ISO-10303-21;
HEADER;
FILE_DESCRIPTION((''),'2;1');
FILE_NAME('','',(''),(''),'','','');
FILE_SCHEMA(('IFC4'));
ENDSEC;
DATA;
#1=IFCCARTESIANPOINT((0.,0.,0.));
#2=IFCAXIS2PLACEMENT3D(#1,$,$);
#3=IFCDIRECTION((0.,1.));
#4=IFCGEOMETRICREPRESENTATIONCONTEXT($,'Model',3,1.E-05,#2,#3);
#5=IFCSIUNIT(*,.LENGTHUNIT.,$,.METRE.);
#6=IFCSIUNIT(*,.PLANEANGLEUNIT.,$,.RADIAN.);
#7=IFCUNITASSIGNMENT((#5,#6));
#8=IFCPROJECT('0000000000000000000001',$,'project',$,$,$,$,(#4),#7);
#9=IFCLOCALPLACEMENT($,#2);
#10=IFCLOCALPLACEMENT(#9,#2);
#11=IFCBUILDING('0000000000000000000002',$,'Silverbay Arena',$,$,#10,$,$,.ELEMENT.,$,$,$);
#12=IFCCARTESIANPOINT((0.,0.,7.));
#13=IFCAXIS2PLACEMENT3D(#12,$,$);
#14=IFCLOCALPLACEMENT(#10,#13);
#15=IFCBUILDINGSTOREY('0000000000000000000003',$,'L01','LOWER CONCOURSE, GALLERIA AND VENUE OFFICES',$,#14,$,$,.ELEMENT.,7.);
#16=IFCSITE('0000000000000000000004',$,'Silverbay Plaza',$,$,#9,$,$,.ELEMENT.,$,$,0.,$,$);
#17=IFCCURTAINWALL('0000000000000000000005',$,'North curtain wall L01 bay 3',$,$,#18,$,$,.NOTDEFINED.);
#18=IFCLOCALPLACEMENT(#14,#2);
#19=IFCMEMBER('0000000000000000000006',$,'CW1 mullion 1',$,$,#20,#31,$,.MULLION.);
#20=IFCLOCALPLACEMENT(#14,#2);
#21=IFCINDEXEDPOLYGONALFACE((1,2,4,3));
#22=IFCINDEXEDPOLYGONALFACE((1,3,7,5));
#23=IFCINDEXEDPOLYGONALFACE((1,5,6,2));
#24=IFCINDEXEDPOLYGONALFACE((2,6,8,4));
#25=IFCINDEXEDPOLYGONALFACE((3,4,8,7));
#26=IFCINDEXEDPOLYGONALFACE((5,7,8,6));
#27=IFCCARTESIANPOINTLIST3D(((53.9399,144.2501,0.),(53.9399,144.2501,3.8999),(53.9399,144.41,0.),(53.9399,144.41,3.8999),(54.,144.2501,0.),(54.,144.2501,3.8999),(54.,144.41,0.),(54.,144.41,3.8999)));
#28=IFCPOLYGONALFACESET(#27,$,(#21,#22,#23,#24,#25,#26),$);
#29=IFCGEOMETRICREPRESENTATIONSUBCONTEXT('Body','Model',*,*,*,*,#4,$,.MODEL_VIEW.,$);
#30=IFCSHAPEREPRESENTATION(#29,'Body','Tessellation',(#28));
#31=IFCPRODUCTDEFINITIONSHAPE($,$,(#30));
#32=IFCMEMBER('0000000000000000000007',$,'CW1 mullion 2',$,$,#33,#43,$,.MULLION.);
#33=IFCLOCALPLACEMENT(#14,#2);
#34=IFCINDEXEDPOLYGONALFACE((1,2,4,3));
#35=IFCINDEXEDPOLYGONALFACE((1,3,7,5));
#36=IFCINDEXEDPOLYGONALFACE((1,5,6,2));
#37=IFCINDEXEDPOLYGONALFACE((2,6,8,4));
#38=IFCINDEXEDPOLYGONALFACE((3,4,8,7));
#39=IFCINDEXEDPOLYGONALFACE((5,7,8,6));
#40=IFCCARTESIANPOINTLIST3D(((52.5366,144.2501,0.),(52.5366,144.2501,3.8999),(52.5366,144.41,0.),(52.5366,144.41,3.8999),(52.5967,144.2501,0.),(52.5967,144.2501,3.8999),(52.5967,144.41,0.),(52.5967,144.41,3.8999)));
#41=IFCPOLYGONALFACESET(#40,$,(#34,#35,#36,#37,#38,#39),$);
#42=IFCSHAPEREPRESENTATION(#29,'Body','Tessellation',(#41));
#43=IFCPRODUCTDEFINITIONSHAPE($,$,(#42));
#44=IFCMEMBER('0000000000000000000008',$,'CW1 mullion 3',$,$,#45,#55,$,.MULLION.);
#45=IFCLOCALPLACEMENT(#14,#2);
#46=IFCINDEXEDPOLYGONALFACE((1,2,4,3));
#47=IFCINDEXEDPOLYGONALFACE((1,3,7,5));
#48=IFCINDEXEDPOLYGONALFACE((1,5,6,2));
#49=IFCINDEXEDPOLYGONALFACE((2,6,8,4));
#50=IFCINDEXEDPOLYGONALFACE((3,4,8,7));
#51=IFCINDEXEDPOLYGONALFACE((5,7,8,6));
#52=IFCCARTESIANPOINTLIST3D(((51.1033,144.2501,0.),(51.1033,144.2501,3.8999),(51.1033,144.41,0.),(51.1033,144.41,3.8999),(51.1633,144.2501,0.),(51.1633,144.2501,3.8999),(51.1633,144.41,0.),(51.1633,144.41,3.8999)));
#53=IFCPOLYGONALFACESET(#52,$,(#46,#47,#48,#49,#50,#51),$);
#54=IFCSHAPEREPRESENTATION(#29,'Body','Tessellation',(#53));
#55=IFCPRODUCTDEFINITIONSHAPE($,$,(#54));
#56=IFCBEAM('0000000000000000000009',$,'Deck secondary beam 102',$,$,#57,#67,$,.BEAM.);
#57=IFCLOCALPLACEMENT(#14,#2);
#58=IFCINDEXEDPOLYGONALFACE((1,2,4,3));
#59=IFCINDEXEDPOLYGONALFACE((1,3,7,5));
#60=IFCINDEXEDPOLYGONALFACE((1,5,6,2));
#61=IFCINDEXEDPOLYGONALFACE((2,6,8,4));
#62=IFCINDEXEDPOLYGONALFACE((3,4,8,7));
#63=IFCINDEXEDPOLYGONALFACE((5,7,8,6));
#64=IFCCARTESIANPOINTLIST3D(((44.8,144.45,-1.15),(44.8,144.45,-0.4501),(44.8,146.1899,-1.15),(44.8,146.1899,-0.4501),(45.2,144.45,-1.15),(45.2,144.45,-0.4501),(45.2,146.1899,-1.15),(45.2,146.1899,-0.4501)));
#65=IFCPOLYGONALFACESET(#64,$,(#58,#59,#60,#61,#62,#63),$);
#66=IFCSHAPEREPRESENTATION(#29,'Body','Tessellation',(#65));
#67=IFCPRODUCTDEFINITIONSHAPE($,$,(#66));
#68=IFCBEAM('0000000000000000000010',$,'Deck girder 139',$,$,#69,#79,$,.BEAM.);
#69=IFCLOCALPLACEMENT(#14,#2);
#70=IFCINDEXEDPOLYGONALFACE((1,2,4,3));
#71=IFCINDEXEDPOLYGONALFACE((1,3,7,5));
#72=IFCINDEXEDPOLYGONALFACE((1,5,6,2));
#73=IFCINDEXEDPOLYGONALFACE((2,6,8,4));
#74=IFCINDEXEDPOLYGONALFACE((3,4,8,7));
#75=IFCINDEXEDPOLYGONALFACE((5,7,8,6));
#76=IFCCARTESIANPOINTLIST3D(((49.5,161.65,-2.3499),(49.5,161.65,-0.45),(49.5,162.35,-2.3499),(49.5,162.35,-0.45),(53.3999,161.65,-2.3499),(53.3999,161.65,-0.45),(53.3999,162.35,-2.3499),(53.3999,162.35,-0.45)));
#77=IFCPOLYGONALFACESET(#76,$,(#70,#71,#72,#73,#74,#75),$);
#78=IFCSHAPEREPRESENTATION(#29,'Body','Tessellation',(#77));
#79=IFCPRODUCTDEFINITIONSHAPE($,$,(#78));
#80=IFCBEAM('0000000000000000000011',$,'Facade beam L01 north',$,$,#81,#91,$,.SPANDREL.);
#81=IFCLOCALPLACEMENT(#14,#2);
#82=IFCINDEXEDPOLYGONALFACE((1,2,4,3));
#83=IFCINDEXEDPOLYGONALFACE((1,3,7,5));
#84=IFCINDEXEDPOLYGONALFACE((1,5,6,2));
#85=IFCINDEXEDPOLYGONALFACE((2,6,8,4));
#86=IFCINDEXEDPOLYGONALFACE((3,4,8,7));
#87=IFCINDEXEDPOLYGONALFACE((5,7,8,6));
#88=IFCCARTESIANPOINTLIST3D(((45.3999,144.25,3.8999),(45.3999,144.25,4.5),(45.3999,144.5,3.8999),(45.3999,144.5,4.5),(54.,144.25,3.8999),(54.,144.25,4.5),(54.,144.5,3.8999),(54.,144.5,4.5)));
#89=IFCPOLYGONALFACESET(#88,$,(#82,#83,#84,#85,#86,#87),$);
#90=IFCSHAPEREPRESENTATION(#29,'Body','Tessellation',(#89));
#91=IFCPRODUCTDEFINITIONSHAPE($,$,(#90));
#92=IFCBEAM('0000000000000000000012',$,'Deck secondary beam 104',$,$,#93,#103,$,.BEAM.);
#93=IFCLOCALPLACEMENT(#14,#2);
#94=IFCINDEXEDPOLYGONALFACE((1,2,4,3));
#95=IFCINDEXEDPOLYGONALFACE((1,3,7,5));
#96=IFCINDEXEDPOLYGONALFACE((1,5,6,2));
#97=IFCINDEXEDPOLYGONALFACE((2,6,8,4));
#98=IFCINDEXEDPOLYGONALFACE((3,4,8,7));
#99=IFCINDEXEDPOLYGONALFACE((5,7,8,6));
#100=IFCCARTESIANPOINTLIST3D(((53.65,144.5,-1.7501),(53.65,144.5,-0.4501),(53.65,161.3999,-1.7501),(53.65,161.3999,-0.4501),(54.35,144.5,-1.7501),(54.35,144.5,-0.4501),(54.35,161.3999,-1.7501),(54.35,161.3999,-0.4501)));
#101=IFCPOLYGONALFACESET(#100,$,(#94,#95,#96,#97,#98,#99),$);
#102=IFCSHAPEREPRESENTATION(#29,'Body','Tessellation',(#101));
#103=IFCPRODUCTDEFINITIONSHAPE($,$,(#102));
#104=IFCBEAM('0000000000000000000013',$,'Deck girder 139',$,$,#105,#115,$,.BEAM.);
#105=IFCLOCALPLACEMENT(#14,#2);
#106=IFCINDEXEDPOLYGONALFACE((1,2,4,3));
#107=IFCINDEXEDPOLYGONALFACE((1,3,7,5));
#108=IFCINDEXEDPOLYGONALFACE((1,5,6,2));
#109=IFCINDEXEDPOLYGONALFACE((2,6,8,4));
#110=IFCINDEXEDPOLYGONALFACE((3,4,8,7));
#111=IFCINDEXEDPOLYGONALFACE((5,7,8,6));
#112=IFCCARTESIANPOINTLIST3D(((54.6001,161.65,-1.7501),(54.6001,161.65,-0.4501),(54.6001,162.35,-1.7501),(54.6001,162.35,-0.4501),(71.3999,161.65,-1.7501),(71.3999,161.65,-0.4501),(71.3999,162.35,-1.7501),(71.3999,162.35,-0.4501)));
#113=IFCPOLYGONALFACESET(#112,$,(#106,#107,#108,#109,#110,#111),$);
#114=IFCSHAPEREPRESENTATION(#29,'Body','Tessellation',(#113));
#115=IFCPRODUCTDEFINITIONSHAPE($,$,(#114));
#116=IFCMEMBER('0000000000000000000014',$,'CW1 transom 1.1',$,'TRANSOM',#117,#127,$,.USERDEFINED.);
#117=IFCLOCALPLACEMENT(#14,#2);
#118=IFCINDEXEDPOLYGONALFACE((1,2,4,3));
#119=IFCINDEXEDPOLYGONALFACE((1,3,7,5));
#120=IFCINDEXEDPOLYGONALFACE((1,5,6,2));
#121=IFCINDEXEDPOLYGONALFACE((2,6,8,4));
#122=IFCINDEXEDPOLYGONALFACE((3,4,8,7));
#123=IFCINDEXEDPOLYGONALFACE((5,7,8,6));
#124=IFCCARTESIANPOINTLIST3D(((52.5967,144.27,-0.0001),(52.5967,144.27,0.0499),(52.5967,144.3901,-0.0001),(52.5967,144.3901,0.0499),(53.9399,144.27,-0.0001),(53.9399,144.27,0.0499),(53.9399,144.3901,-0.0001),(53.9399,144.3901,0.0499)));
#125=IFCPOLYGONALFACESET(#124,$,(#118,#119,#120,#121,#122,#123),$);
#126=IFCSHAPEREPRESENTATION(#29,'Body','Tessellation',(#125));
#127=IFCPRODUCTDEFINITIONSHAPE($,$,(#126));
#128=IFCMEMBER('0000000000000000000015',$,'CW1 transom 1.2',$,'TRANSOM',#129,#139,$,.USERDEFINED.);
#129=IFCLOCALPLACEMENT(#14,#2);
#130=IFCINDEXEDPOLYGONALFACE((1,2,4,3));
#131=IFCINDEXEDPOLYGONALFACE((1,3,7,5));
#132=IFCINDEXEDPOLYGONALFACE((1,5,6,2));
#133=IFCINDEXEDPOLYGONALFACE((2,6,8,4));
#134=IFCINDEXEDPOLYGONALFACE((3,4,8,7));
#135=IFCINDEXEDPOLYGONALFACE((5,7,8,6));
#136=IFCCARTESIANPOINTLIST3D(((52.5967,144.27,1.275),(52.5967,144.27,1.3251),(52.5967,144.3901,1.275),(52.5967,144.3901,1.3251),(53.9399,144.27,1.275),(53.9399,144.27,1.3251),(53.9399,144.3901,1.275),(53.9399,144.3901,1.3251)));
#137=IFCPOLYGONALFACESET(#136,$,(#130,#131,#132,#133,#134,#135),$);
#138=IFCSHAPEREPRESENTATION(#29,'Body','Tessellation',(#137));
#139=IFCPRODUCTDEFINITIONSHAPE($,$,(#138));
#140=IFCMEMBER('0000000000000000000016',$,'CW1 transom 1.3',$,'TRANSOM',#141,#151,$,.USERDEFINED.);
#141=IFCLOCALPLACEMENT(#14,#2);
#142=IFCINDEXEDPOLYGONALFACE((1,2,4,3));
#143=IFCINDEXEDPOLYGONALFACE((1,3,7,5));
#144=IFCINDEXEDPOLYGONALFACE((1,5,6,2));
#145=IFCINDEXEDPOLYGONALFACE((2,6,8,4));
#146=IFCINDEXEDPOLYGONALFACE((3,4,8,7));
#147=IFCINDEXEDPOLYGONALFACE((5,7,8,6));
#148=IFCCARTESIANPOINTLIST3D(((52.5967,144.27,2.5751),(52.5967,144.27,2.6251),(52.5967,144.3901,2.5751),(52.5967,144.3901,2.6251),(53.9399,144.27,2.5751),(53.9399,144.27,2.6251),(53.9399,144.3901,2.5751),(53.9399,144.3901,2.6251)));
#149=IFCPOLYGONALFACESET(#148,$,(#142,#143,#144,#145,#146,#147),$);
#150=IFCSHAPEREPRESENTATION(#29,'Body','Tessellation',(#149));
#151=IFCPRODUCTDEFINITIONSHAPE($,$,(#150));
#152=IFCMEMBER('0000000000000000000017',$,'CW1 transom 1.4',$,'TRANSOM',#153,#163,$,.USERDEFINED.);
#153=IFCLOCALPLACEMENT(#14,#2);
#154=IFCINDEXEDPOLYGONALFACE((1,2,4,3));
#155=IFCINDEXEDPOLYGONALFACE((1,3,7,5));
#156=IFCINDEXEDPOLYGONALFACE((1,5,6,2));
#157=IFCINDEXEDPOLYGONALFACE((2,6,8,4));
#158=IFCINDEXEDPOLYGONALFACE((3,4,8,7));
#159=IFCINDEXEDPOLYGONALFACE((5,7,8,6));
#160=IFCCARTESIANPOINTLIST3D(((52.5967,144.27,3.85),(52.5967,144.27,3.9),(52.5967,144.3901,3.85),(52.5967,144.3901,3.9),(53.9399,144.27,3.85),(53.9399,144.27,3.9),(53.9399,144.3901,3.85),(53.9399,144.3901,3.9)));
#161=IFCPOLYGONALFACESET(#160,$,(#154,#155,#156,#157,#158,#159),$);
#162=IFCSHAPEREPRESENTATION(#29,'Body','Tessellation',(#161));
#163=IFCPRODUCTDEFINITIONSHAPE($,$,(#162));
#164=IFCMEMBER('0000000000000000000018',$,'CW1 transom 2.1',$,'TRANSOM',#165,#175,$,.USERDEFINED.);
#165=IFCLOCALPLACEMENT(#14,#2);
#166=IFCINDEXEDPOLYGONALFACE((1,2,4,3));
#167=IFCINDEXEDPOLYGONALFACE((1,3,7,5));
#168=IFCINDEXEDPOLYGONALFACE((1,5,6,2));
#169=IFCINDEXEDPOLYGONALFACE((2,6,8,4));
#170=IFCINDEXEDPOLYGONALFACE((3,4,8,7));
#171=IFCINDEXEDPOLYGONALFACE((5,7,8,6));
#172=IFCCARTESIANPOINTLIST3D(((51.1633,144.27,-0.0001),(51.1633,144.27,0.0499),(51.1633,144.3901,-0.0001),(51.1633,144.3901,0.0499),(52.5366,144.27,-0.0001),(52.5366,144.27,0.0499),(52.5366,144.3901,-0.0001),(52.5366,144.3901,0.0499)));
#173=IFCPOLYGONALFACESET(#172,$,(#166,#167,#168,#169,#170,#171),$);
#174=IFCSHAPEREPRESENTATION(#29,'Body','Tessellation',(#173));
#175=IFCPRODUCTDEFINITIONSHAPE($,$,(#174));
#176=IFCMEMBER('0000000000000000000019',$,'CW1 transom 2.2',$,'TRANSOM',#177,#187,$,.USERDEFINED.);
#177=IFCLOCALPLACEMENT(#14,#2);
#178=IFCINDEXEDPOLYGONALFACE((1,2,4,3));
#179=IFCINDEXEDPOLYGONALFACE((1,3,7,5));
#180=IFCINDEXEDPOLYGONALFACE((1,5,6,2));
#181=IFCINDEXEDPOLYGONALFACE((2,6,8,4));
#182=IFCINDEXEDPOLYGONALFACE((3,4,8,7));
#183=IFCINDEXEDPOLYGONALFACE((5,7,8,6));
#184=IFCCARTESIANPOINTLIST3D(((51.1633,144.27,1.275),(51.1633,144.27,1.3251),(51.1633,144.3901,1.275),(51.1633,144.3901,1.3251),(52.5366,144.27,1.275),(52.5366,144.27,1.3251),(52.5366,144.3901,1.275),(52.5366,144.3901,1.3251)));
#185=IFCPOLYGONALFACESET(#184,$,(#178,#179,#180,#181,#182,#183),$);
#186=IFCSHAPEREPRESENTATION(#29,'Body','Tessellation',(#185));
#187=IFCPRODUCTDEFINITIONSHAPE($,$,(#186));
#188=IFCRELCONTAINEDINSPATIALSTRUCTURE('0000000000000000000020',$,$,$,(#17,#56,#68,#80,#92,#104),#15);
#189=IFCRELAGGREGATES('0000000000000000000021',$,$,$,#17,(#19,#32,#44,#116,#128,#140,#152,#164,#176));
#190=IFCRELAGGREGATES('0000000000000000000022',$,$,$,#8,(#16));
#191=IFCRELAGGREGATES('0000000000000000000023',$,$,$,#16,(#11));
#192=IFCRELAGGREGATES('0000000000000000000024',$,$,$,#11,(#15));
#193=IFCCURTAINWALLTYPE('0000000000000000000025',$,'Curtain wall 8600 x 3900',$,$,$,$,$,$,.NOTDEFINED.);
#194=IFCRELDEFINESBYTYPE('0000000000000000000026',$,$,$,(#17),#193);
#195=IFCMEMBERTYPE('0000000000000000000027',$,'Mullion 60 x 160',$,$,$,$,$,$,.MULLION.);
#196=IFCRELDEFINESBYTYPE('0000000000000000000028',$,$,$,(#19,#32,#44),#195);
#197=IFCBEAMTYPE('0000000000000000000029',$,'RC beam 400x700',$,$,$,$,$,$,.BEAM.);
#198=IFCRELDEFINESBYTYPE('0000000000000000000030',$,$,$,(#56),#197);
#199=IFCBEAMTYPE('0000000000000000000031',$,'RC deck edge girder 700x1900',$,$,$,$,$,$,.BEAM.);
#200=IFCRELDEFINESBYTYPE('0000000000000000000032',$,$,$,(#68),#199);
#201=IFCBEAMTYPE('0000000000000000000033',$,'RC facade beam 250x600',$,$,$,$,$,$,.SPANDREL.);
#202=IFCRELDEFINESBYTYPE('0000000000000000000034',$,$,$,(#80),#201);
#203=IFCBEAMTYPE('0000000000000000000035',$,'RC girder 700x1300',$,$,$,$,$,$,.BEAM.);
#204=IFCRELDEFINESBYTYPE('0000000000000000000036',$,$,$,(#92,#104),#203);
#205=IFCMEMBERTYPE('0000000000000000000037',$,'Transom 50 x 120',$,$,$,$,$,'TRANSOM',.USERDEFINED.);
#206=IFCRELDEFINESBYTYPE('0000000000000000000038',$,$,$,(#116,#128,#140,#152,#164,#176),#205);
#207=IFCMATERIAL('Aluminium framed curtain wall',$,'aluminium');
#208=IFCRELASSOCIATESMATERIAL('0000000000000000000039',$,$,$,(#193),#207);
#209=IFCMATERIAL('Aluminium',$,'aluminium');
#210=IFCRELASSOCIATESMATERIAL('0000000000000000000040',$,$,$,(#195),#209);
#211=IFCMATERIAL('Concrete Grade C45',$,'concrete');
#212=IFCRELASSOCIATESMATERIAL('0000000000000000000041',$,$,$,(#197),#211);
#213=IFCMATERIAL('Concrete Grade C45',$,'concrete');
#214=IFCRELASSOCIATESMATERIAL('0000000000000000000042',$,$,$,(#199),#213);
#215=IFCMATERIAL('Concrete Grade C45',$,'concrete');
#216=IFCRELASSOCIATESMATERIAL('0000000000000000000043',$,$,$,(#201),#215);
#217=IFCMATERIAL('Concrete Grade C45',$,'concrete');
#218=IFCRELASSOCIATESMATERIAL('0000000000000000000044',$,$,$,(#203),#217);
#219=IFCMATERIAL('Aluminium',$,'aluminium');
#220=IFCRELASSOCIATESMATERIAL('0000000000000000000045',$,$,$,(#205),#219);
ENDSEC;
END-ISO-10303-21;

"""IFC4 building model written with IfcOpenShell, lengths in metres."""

from ifc_helpers import new_model, si_unit, direction, frame, origin, origin_2d, place, context, subcontext, project, spatial, rectangle, extrude, material, material_profile, profile_set, type_object, element, aggregate, save


model = new_model("IFC4")

# Units and contexts
model_context = context("Model", 3, precision=1e-05, world=origin(), true_north=direction((0.0, 1.0)))
body_context = subcontext(model_context, "Body", "Model", "MODEL_VIEW")
ifc_project = project(units=[si_unit("LENGTHUNIT", "METRE"), si_unit("PLANEANGLEUNIT", "RADIAN")], contexts=[model_context])

# Site, building, storey
site_placement = place(None, origin())
site = spatial("IfcSite", under=ifc_project, at=site_placement, Name="Silverbay Plaza", CompositionType="ELEMENT", RefElevation=0.0)
building_placement = place(site_placement, origin())
building = spatial("IfcBuilding", under=site, at=building_placement, Name="Silverbay Arena", CompositionType="ELEMENT")
storey_placement = place(building_placement, frame((0.0, 0.0, 7.0)))
storey = spatial("IfcBuildingStorey", under=building, at=storey_placement, Name="L01", Description="LOWER CONCOURSE, GALLERIA AND VENUE OFFICES", CompositionType="ELEMENT", Elevation=7.0)

# Curtain wall, members
ifc_material_1 = material(Name="Aluminium framed curtain wall", Category="aluminium")
curtain_wall_type = type_object("IfcCurtainWallType", Name="Curtain wall 8600 x 3900", PredefinedType="NOTDEFINED", material=ifc_material_1)
curtain_wall_placement = place(storey_placement, origin())
curtain_wall = element("IfcCurtainWall", 1, at=curtain_wall_placement, inside=storey, type_object=curtain_wall_type, Name="North curtain wall L01 bay 3", PredefinedType="NOTDEFINED")
ifc_material_2 = material(Name="Aluminium", Category="aluminium")
ifc_material_profile_1 = material_profile(ifc_material_2, rectangle(XDim=0.1599, YDim=0.0601, at=origin_2d()), Name="Mullion 60 x 160")
ifc_profile_set_1 = profile_set([ifc_material_profile_1], Name="Aluminium")
member_type_1 = type_object("IfcMemberType", Name="Mullion 60 x 160", PredefinedType="MULLION", material=ifc_profile_set_1)
member_1_placement = place(storey_placement, frame((53.97, 144.3301, 0.0), z_axis=(0.0, 0.0, 1.0), x_axis=(0.0, -1.0, 0.0)))
member_1 = element("IfcMember", 2, at=member_1_placement, type_object=member_type_1, Name="CW1 mullion 1", PredefinedType="MULLION", context=body_context, shape_type="SweptSolid", body=[
    extrude(rectangle(XDim=0.1599, YDim=0.0601, at=origin_2d()), origin(), (0.0, 0.0, 1.0), 3.8999),
])
member_2_placement = place(storey_placement, frame((52.5667, 144.3301, 0.0), z_axis=(0.0, 0.0, 1.0), x_axis=(0.0, -1.0, 0.0)))
member_2 = element("IfcMember", 3, at=member_2_placement, type_object=member_type_1, Name="CW1 mullion 2", PredefinedType="MULLION", context=body_context, shape_type="SweptSolid", body=[
    extrude(rectangle(XDim=0.1599, YDim=0.0601, at=origin_2d()), origin(), (0.0, 0.0, 1.0), 3.8999),
])
member_3_placement = place(storey_placement, frame((51.1333, 144.3301, 0.0), z_axis=(0.0, 0.0, 1.0), x_axis=(0.0, -1.0, 0.0)))
member_3 = element("IfcMember", 4, at=member_3_placement, type_object=member_type_1, Name="CW1 mullion 3", PredefinedType="MULLION", context=body_context, shape_type="SweptSolid", body=[
    extrude(rectangle(XDim=0.1599, YDim=0.0601, at=origin_2d()), origin(), (0.0, 0.0, 1.0), 3.8999),
])

# Beams
ifc_material_3 = material(Name="Concrete Grade C45", Category="concrete")
ifc_material_profile_2 = material_profile(ifc_material_3, rectangle(XDim=0.3999, YDim=0.7, at=origin_2d()), Name="RC 400x700")
ifc_profile_set_2 = profile_set([ifc_material_profile_2], Name="Concrete Grade C45")
beam_type_1 = type_object("IfcBeamType", Name="RC beam 400x700", PredefinedType="BEAM", material=ifc_profile_set_2)
beam_1_placement = place(storey_placement, frame((45.0, 144.45, -0.8), z_axis=(0.0, 1.0, 0.0), x_axis=(-1.0, 0.0, 0.0)))
element("IfcBeam", 5, at=beam_1_placement, inside=storey, type_object=beam_type_1, Name="Deck secondary beam 102", PredefinedType="BEAM", context=body_context, shape_type="SweptSolid", body=[
    extrude(rectangle(XDim=0.3999, YDim=0.7, at=origin_2d()), origin(), (0.0, 0.0, 1.0), 1.74),
])
ifc_material_4 = material(Name="Concrete Grade C45", Category="concrete")
ifc_material_profile_3 = material_profile(ifc_material_4, rectangle(XDim=0.7, YDim=1.8999, at=origin_2d()), Name="RC 700x1900")
ifc_profile_set_3 = profile_set([ifc_material_profile_3], Name="Concrete Grade C45")
beam_type_2 = type_object("IfcBeamType", Name="RC deck edge girder 700x1900", PredefinedType="BEAM", material=ifc_profile_set_3)
beam_2_placement = place(storey_placement, frame((49.5, 162.0, -1.3999), z_axis=(1.0, 0.0, 0.0), x_axis=(0.0, 1.0, 0.0)))
element("IfcBeam", 6, at=beam_2_placement, inside=storey, type_object=beam_type_2, Name="Deck girder 139", PredefinedType="BEAM", context=body_context, shape_type="SweptSolid", body=[
    extrude(rectangle(XDim=0.7, YDim=1.8999, at=origin_2d()), origin(), (0.0, 0.0, 1.0), 3.8999),
])
ifc_material_5 = material(Name="Concrete Grade C45", Category="concrete")
ifc_material_profile_4 = material_profile(ifc_material_5, rectangle(XDim=0.25, YDim=0.6001, at=origin_2d()), Name="RC 250x600")
ifc_profile_set_4 = profile_set([ifc_material_profile_4], Name="Concrete Grade C45")
beam_type_3 = type_object("IfcBeamType", Name="RC facade beam 250x600", PredefinedType="SPANDREL", material=ifc_profile_set_4)
beam_3_placement = place(storey_placement, frame((45.3999, 144.375, 4.2), z_axis=(1.0, 0.0, 0.0), x_axis=(0.0, 1.0, 0.0)))
element("IfcBeam", 7, at=beam_3_placement, inside=storey, type_object=beam_type_3, Name="Facade beam L01 north", PredefinedType="SPANDREL", context=body_context, shape_type="SweptSolid", body=[
    extrude(rectangle(XDim=0.25, YDim=0.6001, at=origin_2d()), origin(), (0.0, 0.0, 1.0), 8.6001),
])
ifc_material_6 = material(Name="Concrete Grade C45", Category="concrete")
ifc_material_profile_5 = material_profile(ifc_material_6, rectangle(XDim=0.7, YDim=1.3, at=origin_2d()), Name="RC 700x1300")
ifc_profile_set_5 = profile_set([ifc_material_profile_5], Name="Concrete Grade C45")
beam_type_4 = type_object("IfcBeamType", Name="RC girder 700x1300", PredefinedType="BEAM", material=ifc_profile_set_5)
beam_4_placement = place(storey_placement, frame((54.0, 144.5, -1.1001), z_axis=(0.0, 1.0, 0.0), x_axis=(-1.0, 0.0, 0.0)))
element("IfcBeam", 8, at=beam_4_placement, inside=storey, type_object=beam_type_4, Name="Deck secondary beam 104", PredefinedType="BEAM", context=body_context, shape_type="SweptSolid", body=[
    extrude(rectangle(XDim=0.7, YDim=1.3, at=origin_2d()), origin(), (0.0, 0.0, 1.0), 16.8999),
])
beam_5_placement = place(storey_placement, frame((54.6001, 162.0, -1.1001), z_axis=(1.0, 0.0, 0.0), x_axis=(0.0, 1.0, 0.0)))
element("IfcBeam", 9, at=beam_5_placement, inside=storey, type_object=beam_type_4, Name="Deck girder 139", PredefinedType="BEAM", context=body_context, shape_type="SweptSolid", body=[
    extrude(rectangle(XDim=0.7, YDim=1.3, at=origin_2d()), origin(), (0.0, 0.0, 1.0), 16.7998),
])

# Members
ifc_material_7 = material(Name="Aluminium", Category="aluminium")
ifc_material_profile_6 = material_profile(ifc_material_7, rectangle(XDim=0.1201, YDim=0.05, at=origin_2d()), Name="Transom 50 x 120")
ifc_profile_set_6 = profile_set([ifc_material_profile_6], Name="Aluminium")
member_type_2 = type_object("IfcMemberType", Name="Transom 50 x 120", ElementType="TRANSOM", PredefinedType="USERDEFINED", material=ifc_profile_set_6)
member_4_placement = place(storey_placement, frame((53.9399, 144.3301, 0.0249), z_axis=(-1.0, 0.0, 0.0), x_axis=(0.0, -1.0, 0.0)))
member_4 = element("IfcMember", 10, at=member_4_placement, type_object=member_type_2, Name="CW1 transom 1.1", ObjectType="TRANSOM", PredefinedType="USERDEFINED", context=body_context, shape_type="SweptSolid", body=[
    extrude(rectangle(XDim=0.1201, YDim=0.05, at=origin_2d()), origin(), (0.0, 0.0, 1.0), 1.3433),
])
member_5_placement = place(storey_placement, frame((53.9399, 144.3301, 1.3), z_axis=(-1.0, 0.0, 0.0), x_axis=(0.0, -1.0, 0.0)))
member_5 = element("IfcMember", 11, at=member_5_placement, type_object=member_type_2, Name="CW1 transom 1.2", ObjectType="TRANSOM", PredefinedType="USERDEFINED", context=body_context, shape_type="SweptSolid", body=[
    extrude(rectangle(XDim=0.1201, YDim=0.05, at=origin_2d()), origin(), (0.0, 0.0, 1.0), 1.3433),
])
member_6_placement = place(storey_placement, frame((53.9399, 144.3301, 2.6001), z_axis=(-1.0, 0.0, 0.0), x_axis=(0.0, -1.0, 0.0)))
member_6 = element("IfcMember", 12, at=member_6_placement, type_object=member_type_2, Name="CW1 transom 1.3", ObjectType="TRANSOM", PredefinedType="USERDEFINED", context=body_context, shape_type="SweptSolid", body=[
    extrude(rectangle(XDim=0.1201, YDim=0.05, at=origin_2d()), origin(), (0.0, 0.0, 1.0), 1.3433),
])
member_7_placement = place(storey_placement, frame((53.9399, 144.3301, 3.875), z_axis=(-1.0, 0.0, 0.0), x_axis=(0.0, -1.0, 0.0)))
member_7 = element("IfcMember", 13, at=member_7_placement, type_object=member_type_2, Name="CW1 transom 1.4", ObjectType="TRANSOM", PredefinedType="USERDEFINED", context=body_context, shape_type="SweptSolid", body=[
    extrude(rectangle(XDim=0.1201, YDim=0.05, at=origin_2d()), origin(), (0.0, 0.0, 1.0), 1.3433),
])
member_8_placement = place(storey_placement, frame((52.5366, 144.3301, 0.0249), z_axis=(-1.0, 0.0, 0.0), x_axis=(0.0, -1.0, 0.0)))
member_8 = element("IfcMember", 14, at=member_8_placement, type_object=member_type_2, Name="CW1 transom 2.1", ObjectType="TRANSOM", PredefinedType="USERDEFINED", context=body_context, shape_type="SweptSolid", body=[
    extrude(rectangle(XDim=0.1201, YDim=0.05, at=origin_2d()), origin(), (0.0, 0.0, 1.0), 1.3733),
])
member_9_placement = place(storey_placement, frame((52.5366, 144.3301, 1.3), z_axis=(-1.0, 0.0, 0.0), x_axis=(0.0, -1.0, 0.0)))
member_9 = element("IfcMember", 15, at=member_9_placement, type_object=member_type_2, Name="CW1 transom 2.2", ObjectType="TRANSOM", PredefinedType="USERDEFINED", context=body_context, shape_type="SweptSolid", body=[
    extrude(rectangle(XDim=0.1201, YDim=0.05, at=origin_2d()), origin(), (0.0, 0.0, 1.0), 1.3733),
])

aggregate(curtain_wall, [member_1, member_2, member_3, member_4, member_5, member_6, member_7, member_8, member_9])

save(model, "model.ifc")
